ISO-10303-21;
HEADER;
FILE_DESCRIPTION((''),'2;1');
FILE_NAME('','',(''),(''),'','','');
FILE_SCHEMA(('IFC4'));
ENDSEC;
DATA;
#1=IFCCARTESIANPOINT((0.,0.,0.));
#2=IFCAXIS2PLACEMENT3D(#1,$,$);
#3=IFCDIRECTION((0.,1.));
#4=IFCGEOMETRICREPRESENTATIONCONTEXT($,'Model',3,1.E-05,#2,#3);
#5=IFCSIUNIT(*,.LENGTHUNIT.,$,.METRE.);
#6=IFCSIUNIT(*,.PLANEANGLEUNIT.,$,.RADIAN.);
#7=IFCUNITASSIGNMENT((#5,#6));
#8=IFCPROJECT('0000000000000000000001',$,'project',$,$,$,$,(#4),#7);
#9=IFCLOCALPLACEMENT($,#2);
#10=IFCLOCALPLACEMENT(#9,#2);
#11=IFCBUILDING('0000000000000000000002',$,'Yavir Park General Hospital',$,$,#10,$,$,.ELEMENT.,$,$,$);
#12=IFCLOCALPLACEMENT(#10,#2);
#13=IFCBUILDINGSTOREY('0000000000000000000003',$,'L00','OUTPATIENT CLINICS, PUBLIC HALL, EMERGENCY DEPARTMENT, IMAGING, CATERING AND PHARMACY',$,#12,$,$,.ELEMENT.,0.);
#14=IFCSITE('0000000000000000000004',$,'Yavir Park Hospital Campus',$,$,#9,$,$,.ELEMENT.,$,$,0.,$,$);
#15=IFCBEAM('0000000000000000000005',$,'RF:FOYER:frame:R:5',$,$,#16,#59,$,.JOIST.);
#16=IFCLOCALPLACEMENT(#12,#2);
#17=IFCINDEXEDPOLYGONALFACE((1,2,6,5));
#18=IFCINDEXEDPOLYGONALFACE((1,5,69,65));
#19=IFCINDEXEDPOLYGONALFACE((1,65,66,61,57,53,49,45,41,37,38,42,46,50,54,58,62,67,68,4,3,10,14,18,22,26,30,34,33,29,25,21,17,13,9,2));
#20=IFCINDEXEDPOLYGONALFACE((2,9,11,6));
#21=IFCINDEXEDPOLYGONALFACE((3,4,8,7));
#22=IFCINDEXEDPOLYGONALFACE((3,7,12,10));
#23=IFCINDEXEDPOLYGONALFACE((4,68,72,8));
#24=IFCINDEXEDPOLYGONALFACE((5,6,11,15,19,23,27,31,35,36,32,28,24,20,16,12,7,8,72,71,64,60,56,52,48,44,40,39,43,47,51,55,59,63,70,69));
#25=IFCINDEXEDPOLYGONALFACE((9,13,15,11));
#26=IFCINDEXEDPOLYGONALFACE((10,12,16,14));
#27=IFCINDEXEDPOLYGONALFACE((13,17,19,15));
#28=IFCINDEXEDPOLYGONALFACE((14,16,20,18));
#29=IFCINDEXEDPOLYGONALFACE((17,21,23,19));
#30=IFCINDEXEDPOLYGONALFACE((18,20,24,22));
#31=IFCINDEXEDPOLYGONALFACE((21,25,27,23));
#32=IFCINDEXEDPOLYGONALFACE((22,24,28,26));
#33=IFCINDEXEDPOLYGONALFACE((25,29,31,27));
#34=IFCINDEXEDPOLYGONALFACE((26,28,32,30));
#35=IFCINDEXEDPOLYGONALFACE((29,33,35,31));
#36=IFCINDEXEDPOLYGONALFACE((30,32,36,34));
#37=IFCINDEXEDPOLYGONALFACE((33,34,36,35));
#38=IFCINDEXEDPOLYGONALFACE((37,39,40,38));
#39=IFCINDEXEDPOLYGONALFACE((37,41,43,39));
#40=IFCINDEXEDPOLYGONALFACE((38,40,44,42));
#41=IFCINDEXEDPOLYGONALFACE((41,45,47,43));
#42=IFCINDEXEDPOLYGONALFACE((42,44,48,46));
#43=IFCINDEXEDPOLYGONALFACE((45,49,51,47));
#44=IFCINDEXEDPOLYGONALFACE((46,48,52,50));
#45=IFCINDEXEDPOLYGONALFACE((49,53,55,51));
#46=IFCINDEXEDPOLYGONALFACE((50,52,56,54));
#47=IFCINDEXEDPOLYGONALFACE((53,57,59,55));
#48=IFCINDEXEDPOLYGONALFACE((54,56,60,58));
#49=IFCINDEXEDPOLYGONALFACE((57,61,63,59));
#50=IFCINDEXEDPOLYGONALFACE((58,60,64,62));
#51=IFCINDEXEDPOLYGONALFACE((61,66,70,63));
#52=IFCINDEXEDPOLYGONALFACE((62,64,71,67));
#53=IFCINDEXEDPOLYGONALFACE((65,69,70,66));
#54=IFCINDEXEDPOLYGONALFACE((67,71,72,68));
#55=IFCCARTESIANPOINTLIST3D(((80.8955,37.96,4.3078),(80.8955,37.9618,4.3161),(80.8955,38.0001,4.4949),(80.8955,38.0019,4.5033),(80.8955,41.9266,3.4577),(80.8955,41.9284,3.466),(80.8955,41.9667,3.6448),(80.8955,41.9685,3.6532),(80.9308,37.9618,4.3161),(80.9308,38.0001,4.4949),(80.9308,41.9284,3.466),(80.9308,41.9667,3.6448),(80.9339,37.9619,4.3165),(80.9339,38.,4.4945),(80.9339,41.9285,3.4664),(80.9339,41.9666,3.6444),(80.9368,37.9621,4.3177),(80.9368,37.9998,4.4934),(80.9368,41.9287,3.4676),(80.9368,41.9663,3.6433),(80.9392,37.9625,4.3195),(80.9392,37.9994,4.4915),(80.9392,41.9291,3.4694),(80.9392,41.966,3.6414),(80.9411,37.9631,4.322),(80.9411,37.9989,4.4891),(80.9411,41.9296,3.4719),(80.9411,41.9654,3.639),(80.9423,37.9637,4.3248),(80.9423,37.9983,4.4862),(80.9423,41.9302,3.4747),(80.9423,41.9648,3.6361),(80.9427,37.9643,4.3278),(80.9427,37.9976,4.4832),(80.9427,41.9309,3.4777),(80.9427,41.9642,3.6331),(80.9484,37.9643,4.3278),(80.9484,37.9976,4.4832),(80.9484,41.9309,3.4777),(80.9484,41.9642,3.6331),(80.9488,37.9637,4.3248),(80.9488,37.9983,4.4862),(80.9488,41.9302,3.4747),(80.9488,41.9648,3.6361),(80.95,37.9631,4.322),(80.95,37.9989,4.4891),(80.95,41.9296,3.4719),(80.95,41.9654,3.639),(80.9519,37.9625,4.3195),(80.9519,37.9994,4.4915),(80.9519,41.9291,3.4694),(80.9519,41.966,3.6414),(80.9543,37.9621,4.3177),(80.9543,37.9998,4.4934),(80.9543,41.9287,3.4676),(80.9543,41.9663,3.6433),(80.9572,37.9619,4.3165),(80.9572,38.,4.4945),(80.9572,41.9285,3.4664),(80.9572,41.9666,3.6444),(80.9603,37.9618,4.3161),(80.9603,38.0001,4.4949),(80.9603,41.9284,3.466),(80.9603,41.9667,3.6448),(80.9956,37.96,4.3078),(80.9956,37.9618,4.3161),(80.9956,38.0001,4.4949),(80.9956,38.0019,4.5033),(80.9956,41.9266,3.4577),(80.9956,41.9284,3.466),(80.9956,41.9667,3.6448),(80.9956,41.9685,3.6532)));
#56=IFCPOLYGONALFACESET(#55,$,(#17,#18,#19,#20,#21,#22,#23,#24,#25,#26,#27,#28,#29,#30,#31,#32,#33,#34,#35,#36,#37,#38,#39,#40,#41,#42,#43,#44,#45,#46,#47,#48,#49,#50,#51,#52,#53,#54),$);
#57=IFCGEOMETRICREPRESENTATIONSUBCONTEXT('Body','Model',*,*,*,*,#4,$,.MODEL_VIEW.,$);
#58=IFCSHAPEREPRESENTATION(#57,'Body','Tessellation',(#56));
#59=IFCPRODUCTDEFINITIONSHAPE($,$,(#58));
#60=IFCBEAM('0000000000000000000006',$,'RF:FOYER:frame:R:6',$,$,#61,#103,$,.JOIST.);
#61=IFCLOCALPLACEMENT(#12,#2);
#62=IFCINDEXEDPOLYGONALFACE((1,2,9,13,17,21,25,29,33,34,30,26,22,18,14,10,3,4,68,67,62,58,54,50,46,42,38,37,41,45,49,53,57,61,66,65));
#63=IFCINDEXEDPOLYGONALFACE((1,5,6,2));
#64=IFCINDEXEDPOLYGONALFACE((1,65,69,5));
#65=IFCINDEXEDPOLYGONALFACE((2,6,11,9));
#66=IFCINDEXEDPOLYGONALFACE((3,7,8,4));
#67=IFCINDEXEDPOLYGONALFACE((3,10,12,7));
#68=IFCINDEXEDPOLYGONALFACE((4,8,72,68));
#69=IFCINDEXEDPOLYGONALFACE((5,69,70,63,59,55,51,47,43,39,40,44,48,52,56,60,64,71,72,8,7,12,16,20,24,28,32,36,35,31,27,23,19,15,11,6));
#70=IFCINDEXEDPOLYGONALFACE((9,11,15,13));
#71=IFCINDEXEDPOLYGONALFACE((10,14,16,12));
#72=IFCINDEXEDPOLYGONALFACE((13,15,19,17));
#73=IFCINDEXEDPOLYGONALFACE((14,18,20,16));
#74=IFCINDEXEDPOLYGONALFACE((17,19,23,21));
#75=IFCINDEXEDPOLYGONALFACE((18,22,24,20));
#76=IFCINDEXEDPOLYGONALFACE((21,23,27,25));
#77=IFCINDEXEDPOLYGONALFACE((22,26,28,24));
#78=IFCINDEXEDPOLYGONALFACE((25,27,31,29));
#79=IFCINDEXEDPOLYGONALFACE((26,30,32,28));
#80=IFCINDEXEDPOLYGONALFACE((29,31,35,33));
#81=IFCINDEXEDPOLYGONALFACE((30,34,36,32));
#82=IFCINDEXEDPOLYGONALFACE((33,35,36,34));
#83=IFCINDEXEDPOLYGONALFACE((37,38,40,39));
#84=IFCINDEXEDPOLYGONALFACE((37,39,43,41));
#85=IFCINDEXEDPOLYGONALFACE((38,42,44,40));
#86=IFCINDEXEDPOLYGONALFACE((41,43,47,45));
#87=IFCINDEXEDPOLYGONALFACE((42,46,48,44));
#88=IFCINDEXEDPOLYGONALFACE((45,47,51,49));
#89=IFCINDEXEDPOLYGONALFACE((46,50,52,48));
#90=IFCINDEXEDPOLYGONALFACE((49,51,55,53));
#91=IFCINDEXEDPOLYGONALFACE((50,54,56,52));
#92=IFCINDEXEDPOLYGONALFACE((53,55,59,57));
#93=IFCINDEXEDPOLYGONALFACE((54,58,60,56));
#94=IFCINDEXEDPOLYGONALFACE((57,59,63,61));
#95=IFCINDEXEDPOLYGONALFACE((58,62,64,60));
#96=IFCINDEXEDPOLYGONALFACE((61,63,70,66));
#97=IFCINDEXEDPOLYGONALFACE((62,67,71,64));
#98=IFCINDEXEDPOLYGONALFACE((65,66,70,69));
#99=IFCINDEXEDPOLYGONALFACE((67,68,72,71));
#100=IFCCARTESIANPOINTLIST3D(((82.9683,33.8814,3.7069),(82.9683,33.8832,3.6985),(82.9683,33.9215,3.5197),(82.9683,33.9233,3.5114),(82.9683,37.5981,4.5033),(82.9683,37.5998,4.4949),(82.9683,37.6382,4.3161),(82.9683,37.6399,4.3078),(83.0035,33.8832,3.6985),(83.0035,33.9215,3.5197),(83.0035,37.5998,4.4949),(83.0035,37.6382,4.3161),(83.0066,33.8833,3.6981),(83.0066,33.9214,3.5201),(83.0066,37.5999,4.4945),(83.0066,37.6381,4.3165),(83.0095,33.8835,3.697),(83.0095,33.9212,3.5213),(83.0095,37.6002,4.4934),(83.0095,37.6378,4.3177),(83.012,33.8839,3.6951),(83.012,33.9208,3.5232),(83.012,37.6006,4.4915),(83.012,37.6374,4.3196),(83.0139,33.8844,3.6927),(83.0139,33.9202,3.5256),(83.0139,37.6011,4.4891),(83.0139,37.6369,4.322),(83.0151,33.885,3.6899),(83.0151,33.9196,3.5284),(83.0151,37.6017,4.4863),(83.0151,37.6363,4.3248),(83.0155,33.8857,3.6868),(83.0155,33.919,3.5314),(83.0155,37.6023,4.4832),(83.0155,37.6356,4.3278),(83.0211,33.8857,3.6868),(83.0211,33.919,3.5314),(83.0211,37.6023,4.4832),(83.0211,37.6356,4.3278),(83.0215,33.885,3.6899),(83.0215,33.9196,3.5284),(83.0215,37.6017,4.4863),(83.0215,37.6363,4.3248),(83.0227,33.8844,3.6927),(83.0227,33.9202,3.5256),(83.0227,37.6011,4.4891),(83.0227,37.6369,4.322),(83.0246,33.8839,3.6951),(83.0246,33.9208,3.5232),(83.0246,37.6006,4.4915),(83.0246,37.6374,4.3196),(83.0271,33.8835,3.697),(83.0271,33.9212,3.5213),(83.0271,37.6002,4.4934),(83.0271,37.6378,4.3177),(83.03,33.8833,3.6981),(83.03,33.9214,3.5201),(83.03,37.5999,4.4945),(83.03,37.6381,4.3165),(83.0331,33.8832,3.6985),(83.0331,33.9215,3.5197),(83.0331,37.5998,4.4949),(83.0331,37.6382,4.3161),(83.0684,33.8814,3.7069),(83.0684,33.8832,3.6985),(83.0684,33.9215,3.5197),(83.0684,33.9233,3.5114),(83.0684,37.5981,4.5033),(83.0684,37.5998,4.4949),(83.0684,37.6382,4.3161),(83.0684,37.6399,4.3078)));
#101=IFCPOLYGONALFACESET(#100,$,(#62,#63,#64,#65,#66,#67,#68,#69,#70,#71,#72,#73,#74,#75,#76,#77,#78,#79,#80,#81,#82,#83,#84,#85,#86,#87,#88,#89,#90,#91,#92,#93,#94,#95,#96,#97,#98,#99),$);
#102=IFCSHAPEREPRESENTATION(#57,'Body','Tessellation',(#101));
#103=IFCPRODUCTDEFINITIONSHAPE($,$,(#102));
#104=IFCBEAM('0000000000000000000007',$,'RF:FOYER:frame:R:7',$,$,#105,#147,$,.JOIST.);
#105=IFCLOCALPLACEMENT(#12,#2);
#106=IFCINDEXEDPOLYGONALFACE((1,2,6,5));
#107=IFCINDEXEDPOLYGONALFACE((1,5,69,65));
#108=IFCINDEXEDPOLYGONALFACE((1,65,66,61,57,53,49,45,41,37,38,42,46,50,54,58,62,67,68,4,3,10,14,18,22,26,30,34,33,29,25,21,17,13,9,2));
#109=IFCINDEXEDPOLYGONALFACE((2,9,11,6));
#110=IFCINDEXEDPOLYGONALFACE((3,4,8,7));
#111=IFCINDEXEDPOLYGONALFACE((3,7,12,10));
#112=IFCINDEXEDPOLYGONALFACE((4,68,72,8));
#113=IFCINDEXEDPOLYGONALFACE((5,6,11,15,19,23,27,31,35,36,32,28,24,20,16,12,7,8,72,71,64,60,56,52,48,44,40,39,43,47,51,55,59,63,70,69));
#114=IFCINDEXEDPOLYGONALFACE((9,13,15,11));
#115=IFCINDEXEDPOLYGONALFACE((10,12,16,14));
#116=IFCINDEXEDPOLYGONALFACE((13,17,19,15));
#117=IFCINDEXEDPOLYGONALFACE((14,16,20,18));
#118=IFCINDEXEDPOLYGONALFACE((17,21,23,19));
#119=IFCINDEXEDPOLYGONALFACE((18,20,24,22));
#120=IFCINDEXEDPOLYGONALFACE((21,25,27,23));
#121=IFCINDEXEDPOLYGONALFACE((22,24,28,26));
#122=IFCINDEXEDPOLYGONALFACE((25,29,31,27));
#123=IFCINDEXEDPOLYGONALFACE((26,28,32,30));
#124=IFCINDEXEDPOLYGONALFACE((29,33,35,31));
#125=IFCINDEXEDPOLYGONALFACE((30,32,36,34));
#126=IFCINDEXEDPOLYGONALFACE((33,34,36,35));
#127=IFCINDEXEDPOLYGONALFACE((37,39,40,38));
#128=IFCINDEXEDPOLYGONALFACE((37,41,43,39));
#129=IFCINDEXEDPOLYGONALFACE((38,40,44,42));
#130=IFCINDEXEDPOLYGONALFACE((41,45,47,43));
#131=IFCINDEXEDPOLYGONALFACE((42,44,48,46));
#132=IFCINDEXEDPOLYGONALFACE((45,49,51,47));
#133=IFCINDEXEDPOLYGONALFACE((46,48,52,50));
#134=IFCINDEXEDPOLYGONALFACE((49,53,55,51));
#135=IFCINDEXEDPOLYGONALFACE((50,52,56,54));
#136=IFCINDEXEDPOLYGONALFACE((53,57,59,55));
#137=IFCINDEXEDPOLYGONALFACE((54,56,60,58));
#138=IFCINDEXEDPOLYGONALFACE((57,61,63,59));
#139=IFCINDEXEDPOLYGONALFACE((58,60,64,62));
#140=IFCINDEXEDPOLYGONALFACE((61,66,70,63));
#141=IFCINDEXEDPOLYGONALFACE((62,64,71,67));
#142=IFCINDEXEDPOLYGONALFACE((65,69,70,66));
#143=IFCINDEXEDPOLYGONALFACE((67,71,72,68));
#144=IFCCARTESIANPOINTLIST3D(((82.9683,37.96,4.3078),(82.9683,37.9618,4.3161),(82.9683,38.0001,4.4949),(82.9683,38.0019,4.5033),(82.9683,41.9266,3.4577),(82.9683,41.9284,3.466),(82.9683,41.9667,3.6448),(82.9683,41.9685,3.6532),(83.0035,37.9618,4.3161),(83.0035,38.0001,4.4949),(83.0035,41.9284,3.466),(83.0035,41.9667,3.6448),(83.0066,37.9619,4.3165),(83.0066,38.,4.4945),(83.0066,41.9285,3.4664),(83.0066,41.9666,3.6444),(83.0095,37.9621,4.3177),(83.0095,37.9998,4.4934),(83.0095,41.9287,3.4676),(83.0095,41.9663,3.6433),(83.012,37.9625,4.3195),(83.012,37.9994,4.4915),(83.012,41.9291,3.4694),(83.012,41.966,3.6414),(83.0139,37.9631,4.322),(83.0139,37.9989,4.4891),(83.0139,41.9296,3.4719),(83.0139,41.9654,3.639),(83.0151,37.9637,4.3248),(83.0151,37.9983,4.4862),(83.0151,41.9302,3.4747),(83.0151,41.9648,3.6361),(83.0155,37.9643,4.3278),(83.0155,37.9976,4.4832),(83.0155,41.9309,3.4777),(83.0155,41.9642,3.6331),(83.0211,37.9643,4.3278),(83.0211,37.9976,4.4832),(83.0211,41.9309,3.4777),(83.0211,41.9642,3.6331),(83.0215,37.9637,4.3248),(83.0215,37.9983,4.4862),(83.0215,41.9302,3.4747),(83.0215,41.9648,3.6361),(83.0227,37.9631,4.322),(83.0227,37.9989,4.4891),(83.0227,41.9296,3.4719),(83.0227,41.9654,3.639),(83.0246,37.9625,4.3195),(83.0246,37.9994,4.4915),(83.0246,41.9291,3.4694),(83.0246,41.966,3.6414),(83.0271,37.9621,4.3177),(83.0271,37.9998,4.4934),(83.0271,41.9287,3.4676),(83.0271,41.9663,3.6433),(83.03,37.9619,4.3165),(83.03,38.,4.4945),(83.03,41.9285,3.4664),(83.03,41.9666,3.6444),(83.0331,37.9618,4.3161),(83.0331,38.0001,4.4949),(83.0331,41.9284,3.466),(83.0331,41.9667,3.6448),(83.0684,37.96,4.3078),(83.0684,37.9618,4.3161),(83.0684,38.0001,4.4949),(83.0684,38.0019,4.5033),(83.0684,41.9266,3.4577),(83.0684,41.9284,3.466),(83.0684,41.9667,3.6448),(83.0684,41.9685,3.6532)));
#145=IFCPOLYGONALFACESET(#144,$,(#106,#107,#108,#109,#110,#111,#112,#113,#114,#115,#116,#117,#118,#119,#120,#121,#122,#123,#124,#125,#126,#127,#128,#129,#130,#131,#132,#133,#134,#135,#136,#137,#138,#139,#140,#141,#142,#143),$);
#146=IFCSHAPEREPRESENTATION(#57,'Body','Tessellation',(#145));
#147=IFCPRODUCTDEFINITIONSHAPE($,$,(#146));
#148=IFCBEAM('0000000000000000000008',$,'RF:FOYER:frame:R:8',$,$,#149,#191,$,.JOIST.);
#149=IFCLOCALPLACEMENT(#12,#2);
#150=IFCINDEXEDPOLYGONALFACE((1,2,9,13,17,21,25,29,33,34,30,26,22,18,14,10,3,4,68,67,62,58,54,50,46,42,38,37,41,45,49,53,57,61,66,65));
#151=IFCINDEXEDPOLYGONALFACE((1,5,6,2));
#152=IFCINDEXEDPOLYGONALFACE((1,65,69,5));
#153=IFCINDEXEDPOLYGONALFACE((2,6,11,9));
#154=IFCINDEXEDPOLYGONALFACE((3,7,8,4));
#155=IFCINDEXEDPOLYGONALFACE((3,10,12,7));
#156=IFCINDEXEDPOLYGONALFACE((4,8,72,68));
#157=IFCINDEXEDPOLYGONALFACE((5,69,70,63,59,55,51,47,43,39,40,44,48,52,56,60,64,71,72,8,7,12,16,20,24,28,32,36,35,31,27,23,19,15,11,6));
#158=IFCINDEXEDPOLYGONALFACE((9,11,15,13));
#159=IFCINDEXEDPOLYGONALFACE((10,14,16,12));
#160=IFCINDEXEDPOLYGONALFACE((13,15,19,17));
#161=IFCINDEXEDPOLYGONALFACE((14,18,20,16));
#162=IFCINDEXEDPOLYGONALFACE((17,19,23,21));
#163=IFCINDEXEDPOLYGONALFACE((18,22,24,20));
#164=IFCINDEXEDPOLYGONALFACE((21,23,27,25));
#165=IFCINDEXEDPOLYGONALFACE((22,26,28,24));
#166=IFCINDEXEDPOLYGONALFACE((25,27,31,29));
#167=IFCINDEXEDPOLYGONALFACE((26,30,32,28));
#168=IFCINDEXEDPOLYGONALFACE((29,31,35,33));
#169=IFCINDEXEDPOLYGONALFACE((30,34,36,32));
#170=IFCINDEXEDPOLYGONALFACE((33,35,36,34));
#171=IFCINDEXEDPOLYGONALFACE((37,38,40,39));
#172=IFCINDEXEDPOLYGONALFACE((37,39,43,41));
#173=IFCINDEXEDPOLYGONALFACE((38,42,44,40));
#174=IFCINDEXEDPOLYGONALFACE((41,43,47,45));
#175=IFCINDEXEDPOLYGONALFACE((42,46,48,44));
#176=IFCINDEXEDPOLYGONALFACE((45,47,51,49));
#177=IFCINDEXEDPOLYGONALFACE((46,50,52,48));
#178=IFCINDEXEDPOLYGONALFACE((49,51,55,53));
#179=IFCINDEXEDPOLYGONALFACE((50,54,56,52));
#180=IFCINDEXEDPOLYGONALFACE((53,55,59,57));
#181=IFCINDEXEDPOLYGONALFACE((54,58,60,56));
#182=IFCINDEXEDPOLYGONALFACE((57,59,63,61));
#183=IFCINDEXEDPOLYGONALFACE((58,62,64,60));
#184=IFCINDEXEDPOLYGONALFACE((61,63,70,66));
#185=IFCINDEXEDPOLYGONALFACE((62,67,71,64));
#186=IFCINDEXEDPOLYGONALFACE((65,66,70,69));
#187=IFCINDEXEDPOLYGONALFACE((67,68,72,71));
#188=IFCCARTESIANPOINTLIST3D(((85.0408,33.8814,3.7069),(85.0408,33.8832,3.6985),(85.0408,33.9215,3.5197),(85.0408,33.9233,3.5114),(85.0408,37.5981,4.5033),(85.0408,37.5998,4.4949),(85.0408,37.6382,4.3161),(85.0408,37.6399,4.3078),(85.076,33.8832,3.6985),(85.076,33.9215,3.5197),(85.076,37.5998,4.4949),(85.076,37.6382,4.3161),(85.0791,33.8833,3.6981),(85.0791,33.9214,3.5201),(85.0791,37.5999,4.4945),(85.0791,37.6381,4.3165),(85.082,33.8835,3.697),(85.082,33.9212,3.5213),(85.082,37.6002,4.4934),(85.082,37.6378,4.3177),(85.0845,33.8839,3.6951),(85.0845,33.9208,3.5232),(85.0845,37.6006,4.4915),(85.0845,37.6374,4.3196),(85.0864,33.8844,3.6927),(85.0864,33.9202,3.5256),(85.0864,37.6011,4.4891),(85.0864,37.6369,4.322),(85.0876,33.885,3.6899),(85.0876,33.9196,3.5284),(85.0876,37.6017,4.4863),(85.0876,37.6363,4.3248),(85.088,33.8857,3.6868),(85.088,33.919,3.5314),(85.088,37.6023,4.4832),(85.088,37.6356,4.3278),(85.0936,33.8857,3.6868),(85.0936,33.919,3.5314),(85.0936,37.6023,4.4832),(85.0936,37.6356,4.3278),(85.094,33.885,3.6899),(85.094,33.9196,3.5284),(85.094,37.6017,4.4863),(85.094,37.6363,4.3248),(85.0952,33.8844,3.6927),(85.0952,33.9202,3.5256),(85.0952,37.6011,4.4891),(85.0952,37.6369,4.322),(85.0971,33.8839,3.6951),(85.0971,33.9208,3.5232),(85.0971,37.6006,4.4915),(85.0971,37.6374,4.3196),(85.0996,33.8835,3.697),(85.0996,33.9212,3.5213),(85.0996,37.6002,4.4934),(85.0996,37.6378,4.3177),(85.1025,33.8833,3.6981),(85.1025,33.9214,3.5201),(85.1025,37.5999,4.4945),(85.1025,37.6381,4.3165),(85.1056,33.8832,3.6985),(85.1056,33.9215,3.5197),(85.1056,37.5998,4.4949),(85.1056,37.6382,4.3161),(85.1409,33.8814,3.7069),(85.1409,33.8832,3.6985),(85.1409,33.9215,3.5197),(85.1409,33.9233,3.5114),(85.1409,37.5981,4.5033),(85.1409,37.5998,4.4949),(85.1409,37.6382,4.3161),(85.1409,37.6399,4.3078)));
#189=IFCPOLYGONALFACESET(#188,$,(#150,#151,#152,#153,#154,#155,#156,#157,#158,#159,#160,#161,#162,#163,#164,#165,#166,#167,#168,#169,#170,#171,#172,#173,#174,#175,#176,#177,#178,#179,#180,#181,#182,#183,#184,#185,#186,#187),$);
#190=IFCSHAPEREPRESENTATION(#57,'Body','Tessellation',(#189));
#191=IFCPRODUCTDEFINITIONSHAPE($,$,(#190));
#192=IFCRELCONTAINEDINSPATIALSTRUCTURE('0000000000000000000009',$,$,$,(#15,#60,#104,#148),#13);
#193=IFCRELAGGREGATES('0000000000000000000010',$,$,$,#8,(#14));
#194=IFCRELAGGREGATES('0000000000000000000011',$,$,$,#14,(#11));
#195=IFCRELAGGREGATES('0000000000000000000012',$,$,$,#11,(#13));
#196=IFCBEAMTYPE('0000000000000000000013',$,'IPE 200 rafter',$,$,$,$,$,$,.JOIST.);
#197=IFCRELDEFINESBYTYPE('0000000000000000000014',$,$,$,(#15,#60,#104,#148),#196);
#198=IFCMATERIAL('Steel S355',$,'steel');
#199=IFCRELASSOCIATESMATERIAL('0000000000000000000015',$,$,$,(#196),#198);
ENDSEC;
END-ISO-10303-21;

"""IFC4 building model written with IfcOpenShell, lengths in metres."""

from ifc_helpers import new_model, si_unit, direction, frame, origin, origin_2d, place, context, subcontext, project, spatial, i_section, extrude, material, material_profile, profile_set, type_object, element, save


model = new_model("IFC4")

# Units and contexts
model_context = context("Model", 3, precision=1e-05, world=origin(), true_north=direction((0.0, 1.0)))
body_context = subcontext(model_context, "Body", "Model", "MODEL_VIEW")
ifc_project = project(units=[si_unit("LENGTHUNIT", "METRE"), si_unit("PLANEANGLEUNIT", "RADIAN")], contexts=[model_context])

# Site, building, storey
site_placement = place(None, origin())
site = spatial("IfcSite", under=ifc_project, at=site_placement, Name="Yavir Park Hospital Campus", CompositionType="ELEMENT", RefElevation=0.0)
building_placement = place(site_placement, origin())
building = spatial("IfcBuilding", under=site, at=building_placement, Name="Yavir Park General Hospital", CompositionType="ELEMENT")
storey_placement = place(building_placement, origin())
storey = spatial("IfcBuildingStorey", under=building, at=storey_placement, Name="L00", Description="OUTPATIENT CLINICS, PUBLIC HALL, EMERGENCY DEPARTMENT, IMAGING, CATERING AND PHARMACY", CompositionType="ELEMENT", Elevation=0.0)

# Beams
ifc_material_1 = material(Name="Steel S355", Category="steel")
ifc_material_profile_1 = material_profile(ifc_material_1, i_section(OverallWidth=0.1001, OverallDepth=0.2, WebThickness=0.0056, FlangeThickness=0.0085, FilletRadius=0.012, at=origin_2d()), Name="IPE200")
ifc_profile_set_1 = profile_set([ifc_material_profile_1], Name="Steel S355")
beam_type_1 = type_object("IfcBeamType", Name="IPE 200 rafter", PredefinedType="JOIST", material=ifc_profile_set_1)
beam_1_placement = place(storey_placement, frame((80.9456, 37.981, 4.4055), z_axis=(0.0, 0.977796, -0.209558), x_axis=(-1.0, 0.0, 0.0)))
element("IfcBeam", 1, at=beam_1_placement, inside=storey, type_object=beam_type_1, Name="RF:FOYER:frame:R:5", PredefinedType="JOIST", context=body_context, shape_type="SweptSolid", body=[
    extrude(i_section(OverallWidth=0.1001, OverallDepth=0.2, WebThickness=0.0056, FlangeThickness=0.0085, FilletRadius=0.012, at=origin_2d()), origin(), (0.0, 0.0, 1.0), 4.0566),
])
beam_2_placement = place(storey_placement, frame((83.0183, 33.9023, 3.6091), z_axis=(0.0, 0.977803, 0.209525), x_axis=(-1.0, 0.0, 0.0)))
element("IfcBeam", 2, at=beam_2_placement, inside=storey, type_object=beam_type_1, Name="RF:FOYER:frame:R:6", PredefinedType="JOIST", context=body_context, shape_type="SweptSolid", body=[
    extrude(i_section(OverallWidth=0.1001, OverallDepth=0.2, WebThickness=0.0056, FlangeThickness=0.0085, FilletRadius=0.012, at=origin_2d()), origin(), (0.0, 0.0, 1.0), 3.801),
])
beam_3_placement = place(storey_placement, frame((83.0183, 37.981, 4.4055), z_axis=(0.0, 0.977796, -0.209558), x_axis=(-1.0, 0.0, 0.0)))
element("IfcBeam", 3, at=beam_3_placement, inside=storey, type_object=beam_type_1, Name="RF:FOYER:frame:R:7", PredefinedType="JOIST", context=body_context, shape_type="SweptSolid", body=[
    extrude(i_section(OverallWidth=0.1001, OverallDepth=0.2, WebThickness=0.0056, FlangeThickness=0.0085, FilletRadius=0.012, at=origin_2d()), origin(), (0.0, 0.0, 1.0), 4.0566),
])
beam_4_placement = place(storey_placement, frame((85.0908, 33.9023, 3.6091), z_axis=(0.0, 0.977803, 0.209525), x_axis=(-1.0, 0.0, 0.0)))
element("IfcBeam", 4, at=beam_4_placement, inside=storey, type_object=beam_type_1, Name="RF:FOYER:frame:R:8", PredefinedType="JOIST", context=body_context, shape_type="SweptSolid", body=[
    extrude(i_section(OverallWidth=0.1001, OverallDepth=0.2, WebThickness=0.0056, FlangeThickness=0.0085, FilletRadius=0.012, at=origin_2d()), origin(), (0.0, 0.0, 1.0), 3.801),
])

save(model, "model.ifc")
